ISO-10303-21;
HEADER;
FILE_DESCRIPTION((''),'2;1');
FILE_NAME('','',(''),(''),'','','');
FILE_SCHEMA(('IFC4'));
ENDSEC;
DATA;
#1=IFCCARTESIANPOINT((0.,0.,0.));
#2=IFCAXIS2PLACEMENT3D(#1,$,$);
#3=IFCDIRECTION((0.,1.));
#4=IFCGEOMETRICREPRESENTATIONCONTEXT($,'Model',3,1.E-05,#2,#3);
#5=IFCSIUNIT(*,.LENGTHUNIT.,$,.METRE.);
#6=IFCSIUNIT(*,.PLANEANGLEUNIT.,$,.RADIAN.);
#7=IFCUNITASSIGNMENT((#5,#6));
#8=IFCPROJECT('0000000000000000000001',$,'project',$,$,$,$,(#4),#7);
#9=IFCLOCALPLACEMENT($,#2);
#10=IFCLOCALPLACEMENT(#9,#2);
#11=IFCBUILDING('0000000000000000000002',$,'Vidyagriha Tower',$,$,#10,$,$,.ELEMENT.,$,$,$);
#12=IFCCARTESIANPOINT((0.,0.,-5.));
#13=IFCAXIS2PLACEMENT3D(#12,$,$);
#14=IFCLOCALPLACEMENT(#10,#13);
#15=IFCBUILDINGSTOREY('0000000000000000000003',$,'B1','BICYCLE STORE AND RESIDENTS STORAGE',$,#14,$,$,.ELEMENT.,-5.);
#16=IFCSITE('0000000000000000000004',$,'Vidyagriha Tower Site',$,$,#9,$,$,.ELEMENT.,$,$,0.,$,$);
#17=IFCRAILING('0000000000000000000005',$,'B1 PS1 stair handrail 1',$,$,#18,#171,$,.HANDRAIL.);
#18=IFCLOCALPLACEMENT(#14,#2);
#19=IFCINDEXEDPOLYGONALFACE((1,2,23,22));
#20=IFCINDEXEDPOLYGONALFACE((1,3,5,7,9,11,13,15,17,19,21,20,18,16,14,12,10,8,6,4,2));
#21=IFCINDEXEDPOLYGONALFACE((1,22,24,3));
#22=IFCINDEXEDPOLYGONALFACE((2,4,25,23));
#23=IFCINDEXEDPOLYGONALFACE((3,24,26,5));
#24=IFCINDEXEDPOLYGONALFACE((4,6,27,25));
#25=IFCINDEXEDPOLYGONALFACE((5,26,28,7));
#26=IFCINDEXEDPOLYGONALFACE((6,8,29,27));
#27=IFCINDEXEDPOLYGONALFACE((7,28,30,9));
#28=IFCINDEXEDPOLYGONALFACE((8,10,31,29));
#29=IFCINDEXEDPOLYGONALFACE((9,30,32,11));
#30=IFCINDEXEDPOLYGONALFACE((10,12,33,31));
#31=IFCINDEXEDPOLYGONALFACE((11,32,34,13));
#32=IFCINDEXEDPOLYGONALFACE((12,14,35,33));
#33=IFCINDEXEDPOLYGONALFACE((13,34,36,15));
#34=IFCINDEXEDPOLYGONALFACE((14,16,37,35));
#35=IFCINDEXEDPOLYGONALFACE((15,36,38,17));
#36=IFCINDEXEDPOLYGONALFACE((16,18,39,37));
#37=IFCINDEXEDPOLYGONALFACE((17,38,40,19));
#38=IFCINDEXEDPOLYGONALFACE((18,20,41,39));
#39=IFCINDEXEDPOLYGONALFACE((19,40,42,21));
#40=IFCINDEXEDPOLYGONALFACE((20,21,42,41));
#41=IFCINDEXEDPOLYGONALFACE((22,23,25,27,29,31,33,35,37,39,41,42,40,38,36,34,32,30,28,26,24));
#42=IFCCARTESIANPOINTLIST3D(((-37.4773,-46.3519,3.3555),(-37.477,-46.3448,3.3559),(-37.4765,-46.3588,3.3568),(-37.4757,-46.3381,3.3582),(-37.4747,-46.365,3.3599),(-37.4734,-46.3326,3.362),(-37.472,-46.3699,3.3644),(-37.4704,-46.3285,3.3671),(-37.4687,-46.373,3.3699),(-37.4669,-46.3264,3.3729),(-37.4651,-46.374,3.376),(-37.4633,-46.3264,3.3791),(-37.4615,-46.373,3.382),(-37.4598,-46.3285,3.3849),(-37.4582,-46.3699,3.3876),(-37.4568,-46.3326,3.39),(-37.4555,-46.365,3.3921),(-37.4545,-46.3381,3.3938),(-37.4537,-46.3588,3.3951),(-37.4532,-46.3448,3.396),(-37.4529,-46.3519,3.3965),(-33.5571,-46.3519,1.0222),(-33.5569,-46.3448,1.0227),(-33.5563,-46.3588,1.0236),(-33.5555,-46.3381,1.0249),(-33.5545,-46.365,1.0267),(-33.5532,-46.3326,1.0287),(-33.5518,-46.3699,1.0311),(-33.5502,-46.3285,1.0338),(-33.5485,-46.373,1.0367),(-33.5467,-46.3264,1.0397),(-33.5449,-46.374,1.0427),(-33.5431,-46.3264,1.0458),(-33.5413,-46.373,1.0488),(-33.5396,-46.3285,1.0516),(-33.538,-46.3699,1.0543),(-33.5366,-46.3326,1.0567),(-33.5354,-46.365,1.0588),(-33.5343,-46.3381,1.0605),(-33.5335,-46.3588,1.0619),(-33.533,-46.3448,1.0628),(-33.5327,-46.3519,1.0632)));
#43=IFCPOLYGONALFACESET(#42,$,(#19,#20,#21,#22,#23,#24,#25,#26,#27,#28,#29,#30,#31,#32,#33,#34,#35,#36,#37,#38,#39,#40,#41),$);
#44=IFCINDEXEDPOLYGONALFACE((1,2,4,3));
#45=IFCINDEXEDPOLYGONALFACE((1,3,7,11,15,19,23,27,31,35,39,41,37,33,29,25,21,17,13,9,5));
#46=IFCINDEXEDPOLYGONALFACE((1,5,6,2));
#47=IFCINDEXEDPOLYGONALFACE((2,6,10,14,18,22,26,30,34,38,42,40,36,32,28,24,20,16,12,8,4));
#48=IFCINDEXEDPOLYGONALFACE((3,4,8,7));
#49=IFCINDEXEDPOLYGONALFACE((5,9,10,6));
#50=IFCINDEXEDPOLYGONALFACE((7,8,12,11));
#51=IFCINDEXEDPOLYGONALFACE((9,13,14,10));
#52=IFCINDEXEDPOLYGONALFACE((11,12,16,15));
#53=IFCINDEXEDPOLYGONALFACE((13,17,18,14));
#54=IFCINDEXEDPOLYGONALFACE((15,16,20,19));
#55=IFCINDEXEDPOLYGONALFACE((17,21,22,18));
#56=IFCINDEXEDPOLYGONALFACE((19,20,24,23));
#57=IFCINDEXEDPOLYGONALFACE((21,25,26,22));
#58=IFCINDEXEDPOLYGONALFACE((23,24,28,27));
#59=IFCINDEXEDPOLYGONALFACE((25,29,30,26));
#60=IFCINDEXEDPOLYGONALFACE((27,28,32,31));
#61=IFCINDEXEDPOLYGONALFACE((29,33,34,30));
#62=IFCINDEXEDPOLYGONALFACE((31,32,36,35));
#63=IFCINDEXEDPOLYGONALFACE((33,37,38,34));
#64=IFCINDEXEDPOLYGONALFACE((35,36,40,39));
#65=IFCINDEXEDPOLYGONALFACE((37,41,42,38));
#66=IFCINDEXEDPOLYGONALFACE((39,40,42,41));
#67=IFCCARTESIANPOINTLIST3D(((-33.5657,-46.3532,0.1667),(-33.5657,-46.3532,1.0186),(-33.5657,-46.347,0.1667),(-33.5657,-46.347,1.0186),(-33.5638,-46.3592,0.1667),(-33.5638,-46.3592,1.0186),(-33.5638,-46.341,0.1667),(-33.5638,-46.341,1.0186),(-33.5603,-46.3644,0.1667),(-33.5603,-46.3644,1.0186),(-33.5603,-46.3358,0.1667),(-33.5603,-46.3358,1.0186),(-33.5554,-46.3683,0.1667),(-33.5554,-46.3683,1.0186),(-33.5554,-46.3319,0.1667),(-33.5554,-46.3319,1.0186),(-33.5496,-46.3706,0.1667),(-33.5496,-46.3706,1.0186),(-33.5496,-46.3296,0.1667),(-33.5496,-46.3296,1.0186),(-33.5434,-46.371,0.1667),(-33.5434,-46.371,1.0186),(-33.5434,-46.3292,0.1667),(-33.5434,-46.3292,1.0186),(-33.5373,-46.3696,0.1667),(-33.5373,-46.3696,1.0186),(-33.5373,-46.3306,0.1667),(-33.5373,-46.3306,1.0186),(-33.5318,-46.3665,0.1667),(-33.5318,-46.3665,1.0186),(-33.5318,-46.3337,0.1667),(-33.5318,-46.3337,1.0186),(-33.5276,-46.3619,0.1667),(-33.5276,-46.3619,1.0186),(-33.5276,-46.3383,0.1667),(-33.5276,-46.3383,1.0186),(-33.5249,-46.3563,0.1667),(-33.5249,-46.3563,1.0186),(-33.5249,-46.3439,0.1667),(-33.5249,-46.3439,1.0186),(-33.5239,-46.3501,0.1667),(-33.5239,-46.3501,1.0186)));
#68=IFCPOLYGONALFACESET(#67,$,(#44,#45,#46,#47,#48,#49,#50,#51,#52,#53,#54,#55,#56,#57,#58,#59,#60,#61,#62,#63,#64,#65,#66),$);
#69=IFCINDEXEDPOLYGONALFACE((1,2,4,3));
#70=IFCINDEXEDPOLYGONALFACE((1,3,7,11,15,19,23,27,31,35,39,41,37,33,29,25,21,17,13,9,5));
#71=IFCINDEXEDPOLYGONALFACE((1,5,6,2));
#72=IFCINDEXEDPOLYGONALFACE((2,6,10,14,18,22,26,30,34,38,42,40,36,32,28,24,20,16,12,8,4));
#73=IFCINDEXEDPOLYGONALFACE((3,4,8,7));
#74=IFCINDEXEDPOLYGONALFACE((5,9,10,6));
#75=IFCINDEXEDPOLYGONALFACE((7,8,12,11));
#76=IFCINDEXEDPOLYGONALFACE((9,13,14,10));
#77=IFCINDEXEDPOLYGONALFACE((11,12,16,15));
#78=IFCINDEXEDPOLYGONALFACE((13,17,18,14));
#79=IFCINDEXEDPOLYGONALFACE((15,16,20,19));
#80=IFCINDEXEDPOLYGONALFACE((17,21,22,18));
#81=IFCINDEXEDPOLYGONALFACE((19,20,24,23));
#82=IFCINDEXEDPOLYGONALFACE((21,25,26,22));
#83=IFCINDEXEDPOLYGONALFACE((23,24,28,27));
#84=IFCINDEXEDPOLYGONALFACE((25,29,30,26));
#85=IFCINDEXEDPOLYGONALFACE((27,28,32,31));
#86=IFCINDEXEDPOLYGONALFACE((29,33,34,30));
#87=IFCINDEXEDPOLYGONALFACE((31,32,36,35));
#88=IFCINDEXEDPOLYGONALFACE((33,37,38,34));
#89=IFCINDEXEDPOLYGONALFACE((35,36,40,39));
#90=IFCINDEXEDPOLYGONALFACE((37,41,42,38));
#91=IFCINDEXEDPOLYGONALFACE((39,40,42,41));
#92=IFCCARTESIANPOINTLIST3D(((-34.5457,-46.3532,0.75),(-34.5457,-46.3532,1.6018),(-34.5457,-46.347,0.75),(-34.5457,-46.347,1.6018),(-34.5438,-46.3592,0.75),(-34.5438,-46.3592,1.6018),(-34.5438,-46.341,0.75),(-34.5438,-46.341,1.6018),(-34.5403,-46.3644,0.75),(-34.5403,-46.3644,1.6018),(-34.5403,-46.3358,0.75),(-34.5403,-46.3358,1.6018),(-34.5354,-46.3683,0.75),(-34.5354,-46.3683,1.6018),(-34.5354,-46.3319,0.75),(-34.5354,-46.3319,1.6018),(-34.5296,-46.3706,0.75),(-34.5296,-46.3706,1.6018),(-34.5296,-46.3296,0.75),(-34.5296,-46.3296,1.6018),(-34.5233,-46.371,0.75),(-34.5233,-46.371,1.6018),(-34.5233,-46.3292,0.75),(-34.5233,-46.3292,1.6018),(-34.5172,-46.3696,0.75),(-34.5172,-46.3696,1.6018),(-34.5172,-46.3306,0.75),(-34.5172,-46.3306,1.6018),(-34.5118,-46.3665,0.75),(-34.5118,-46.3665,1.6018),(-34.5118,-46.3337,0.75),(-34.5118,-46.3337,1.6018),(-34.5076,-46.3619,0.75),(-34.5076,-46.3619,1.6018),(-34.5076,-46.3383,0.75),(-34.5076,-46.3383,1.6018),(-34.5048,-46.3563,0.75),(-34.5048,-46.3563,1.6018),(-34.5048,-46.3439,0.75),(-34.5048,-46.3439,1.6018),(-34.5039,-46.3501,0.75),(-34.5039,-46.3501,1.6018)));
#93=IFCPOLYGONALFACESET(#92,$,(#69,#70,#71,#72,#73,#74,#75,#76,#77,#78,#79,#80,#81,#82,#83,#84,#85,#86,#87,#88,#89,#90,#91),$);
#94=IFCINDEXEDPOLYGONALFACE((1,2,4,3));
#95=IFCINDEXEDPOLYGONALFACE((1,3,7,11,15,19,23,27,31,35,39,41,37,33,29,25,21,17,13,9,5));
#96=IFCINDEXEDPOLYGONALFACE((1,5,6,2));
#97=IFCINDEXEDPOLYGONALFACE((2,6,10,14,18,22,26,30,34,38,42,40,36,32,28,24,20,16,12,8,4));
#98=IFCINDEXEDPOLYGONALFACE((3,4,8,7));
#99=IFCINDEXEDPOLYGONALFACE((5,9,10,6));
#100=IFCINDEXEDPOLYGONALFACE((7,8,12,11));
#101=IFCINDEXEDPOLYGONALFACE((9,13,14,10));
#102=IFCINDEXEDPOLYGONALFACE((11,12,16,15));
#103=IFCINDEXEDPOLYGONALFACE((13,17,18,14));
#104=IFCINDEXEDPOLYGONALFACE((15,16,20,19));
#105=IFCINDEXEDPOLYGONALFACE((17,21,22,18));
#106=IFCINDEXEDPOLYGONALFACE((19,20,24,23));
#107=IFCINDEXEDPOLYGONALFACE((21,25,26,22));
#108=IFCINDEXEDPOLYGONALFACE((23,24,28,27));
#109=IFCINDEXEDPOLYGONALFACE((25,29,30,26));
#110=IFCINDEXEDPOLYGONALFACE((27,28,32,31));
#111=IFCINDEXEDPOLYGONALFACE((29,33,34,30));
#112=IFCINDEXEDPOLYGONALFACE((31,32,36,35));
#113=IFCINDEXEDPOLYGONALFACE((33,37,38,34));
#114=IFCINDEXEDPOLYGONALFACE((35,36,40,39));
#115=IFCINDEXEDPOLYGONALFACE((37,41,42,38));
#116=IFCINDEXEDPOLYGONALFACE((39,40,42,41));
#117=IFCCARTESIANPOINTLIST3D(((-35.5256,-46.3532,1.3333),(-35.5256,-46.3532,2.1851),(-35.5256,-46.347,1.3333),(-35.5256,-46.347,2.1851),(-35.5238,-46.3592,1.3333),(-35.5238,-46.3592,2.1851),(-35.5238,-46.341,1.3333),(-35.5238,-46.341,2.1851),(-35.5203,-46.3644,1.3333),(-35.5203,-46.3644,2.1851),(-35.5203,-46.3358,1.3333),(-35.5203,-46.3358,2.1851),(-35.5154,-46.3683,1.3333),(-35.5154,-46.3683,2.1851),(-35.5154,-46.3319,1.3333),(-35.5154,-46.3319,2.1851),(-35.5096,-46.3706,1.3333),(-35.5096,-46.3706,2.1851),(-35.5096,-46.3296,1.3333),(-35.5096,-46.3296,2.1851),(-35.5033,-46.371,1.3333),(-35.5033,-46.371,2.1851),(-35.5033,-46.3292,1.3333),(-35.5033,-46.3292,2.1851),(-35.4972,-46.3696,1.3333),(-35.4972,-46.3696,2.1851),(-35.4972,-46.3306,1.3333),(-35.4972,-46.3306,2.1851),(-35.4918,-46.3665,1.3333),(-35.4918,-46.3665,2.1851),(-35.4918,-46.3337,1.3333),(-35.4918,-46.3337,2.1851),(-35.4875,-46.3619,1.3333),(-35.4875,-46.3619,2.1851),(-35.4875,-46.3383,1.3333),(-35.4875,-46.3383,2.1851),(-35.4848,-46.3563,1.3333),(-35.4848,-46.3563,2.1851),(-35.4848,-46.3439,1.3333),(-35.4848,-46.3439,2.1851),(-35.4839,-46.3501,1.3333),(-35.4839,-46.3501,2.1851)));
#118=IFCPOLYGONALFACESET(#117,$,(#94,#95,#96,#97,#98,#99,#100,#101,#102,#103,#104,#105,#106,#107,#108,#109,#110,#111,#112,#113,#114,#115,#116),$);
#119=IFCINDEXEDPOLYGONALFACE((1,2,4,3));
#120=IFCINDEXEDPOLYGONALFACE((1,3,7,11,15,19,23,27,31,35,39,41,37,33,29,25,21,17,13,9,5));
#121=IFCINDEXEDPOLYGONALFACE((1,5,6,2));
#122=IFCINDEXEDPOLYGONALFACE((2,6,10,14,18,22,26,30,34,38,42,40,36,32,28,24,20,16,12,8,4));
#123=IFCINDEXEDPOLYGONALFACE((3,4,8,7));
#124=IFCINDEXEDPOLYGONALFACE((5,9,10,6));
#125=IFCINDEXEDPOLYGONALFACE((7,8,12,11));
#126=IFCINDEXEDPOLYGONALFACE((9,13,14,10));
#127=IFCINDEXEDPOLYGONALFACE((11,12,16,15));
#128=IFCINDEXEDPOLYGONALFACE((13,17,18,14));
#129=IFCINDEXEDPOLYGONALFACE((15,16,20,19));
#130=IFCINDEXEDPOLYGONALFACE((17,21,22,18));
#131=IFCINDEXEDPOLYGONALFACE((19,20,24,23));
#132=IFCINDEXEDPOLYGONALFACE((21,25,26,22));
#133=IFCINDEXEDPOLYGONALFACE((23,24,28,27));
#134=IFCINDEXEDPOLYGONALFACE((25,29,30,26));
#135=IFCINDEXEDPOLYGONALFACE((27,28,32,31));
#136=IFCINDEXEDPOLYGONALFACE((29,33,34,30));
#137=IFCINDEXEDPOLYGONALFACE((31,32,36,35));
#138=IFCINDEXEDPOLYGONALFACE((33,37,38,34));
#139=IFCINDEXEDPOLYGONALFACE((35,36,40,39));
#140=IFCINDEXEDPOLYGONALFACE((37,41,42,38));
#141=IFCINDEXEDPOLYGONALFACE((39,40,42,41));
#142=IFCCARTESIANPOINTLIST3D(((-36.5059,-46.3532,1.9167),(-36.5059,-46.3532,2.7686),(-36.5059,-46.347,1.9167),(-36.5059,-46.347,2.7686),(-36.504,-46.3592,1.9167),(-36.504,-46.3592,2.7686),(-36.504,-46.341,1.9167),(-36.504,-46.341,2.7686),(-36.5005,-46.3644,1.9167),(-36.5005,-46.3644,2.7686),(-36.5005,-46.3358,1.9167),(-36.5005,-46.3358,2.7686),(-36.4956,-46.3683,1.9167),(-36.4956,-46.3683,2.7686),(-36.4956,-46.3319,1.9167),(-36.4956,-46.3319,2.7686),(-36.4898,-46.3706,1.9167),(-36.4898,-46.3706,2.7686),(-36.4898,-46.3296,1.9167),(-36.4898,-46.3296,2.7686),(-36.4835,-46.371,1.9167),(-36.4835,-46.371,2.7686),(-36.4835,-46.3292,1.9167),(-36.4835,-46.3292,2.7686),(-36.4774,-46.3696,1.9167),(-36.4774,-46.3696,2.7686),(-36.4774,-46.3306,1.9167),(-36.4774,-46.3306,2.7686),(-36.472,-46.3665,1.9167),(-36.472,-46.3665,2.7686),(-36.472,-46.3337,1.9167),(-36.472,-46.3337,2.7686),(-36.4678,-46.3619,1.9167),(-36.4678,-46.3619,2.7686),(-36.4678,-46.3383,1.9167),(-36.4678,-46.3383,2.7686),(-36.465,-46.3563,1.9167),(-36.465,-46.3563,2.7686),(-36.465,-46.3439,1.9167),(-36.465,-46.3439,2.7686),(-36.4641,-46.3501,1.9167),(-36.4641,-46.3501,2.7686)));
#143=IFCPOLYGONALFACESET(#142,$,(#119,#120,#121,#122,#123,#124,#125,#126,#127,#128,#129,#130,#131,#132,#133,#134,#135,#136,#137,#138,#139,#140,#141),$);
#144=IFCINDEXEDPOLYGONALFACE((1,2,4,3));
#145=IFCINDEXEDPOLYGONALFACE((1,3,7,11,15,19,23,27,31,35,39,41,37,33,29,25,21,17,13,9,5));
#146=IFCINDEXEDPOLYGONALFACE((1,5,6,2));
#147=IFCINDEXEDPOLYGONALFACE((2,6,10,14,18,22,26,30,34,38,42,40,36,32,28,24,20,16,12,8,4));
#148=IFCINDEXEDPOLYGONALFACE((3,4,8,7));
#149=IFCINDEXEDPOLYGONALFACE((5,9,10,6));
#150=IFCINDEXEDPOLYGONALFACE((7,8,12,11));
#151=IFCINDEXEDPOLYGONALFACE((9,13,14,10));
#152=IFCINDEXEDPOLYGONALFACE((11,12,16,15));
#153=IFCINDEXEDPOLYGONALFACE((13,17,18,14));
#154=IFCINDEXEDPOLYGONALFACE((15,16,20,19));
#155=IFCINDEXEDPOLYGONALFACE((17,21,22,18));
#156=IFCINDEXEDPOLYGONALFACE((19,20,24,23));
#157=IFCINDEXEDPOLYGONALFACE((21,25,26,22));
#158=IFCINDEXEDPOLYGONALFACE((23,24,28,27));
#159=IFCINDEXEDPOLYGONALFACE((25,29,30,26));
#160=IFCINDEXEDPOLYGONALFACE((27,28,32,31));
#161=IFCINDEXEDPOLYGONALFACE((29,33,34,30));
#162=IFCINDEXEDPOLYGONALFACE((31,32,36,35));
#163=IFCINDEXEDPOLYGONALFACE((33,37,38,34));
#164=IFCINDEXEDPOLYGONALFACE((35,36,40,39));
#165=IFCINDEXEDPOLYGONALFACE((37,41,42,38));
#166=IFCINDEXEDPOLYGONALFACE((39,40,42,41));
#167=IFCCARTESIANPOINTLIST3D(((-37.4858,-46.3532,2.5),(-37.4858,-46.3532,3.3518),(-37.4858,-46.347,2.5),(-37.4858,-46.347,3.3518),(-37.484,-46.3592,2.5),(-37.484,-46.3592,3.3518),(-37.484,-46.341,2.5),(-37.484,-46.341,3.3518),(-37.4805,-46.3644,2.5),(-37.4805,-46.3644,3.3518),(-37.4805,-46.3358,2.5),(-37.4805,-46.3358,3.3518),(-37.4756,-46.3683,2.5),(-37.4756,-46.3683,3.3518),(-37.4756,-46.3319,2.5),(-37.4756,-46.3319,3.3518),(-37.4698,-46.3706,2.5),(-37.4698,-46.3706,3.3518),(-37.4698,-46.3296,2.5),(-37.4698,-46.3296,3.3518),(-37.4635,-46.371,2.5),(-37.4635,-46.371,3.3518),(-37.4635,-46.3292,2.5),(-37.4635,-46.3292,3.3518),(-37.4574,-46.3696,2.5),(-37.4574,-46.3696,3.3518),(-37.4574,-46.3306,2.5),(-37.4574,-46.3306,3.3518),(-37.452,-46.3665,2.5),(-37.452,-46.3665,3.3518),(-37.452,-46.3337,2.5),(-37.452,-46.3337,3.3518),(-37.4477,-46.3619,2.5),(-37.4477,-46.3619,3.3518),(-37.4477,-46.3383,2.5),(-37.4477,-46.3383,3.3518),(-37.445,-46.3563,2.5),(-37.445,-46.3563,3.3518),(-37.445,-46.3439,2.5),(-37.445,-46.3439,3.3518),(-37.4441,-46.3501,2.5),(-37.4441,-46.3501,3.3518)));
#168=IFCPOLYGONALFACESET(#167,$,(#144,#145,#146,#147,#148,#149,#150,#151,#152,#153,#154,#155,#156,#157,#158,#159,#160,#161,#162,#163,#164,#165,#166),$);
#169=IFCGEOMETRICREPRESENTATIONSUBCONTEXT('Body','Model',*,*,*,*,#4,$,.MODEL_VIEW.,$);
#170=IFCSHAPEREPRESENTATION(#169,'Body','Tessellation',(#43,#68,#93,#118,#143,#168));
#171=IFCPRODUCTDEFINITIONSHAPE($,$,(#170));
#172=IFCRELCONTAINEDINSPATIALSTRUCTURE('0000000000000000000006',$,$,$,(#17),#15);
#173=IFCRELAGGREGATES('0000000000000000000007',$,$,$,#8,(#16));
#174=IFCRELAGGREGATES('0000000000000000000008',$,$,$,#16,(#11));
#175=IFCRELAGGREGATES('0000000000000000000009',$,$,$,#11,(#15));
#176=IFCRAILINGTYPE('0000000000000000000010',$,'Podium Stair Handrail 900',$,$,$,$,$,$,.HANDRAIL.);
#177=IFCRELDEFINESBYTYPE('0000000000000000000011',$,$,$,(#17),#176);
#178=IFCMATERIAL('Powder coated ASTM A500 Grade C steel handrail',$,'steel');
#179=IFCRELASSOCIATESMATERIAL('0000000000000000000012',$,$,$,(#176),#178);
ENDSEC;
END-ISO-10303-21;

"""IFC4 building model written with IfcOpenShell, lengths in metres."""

from ifc_helpers import new_model, si_unit, direction, frame, origin, origin_2d, place, context, subcontext, project, spatial, circle, extrude, material, type_object, element, save


model = new_model("IFC4")

# Units and contexts
model_context = context("Model", 3, precision=1e-05, world=origin(), true_north=direction((0.0, 1.0)))
body_context = subcontext(model_context, "Body", "Model", "MODEL_VIEW")
ifc_project = project(units=[si_unit("LENGTHUNIT", "METRE"), si_unit("PLANEANGLEUNIT", "RADIAN")], contexts=[model_context])

# Site, building, storey
site_placement = place(None, origin())
site = spatial("IfcSite", under=ifc_project, at=site_placement, Name="Vidyagriha Tower Site", CompositionType="ELEMENT", RefElevation=0.0)
building_placement = place(site_placement, origin())
building = spatial("IfcBuilding", under=site, at=building_placement, Name="Vidyagriha Tower", CompositionType="ELEMENT")
storey_placement = place(building_placement, frame((0.0, 0.0, -5.0)))
storey = spatial("IfcBuildingStorey", under=building, at=storey_placement, Name="B1", Description="BICYCLE STORE AND RESIDENTS STORAGE", CompositionType="ELEMENT", Elevation=-5.0)

# Railing
ifc_material_1 = material(Name="Powder coated ASTM A500 Grade C steel handrail", Category="steel")
railing_type_1 = type_object("IfcRailingType", Name="Podium Stair Handrail 900", PredefinedType="HANDRAIL", material=ifc_material_1)
railing_1_placement = place(storey_placement, frame((-33.5449, -46.3501, 0.1667)))
element("IfcRailing", 1, at=railing_1_placement, inside=storey, type_object=railing_type_1, Name="B1 PS1 stair handrail 1", PredefinedType="HANDRAIL", context=body_context, shape_type="SweptSolid", body=[
    extrude(circle(Radius=0.0239, at=origin_2d()), frame((0.0, 0.0, 0.876), z_axis=(-0.85931, 0.0, 0.511455), x_axis=(0.0, -1.0, 0.0)), (0.0, 0.0, 1.0), 4.562),
    extrude(circle(Radius=0.021, at=origin_2d()), origin(), (0.0, 0.0, 1.0), 0.8518),
    extrude(circle(Radius=0.021, at=origin_2d()), frame((-0.98, 0.0, 0.5833)), (0.0, 0.0, 1.0), 0.8518),
    extrude(circle(Radius=0.021, at=origin_2d()), frame((-1.96, 0.0, 1.1665)), (0.0, 0.0, 1.0), 0.8518),
    extrude(circle(Radius=0.021, at=origin_2d()), frame((-2.9402, 0.0, 1.75)), (0.0, 0.0, 1.0), 0.8518),
    extrude(circle(Radius=0.021, at=origin_2d()), frame((-3.9202, 0.0, 2.3333)), (0.0, 0.0, 1.0), 0.8518),
])

save(model, "model.ifc")
